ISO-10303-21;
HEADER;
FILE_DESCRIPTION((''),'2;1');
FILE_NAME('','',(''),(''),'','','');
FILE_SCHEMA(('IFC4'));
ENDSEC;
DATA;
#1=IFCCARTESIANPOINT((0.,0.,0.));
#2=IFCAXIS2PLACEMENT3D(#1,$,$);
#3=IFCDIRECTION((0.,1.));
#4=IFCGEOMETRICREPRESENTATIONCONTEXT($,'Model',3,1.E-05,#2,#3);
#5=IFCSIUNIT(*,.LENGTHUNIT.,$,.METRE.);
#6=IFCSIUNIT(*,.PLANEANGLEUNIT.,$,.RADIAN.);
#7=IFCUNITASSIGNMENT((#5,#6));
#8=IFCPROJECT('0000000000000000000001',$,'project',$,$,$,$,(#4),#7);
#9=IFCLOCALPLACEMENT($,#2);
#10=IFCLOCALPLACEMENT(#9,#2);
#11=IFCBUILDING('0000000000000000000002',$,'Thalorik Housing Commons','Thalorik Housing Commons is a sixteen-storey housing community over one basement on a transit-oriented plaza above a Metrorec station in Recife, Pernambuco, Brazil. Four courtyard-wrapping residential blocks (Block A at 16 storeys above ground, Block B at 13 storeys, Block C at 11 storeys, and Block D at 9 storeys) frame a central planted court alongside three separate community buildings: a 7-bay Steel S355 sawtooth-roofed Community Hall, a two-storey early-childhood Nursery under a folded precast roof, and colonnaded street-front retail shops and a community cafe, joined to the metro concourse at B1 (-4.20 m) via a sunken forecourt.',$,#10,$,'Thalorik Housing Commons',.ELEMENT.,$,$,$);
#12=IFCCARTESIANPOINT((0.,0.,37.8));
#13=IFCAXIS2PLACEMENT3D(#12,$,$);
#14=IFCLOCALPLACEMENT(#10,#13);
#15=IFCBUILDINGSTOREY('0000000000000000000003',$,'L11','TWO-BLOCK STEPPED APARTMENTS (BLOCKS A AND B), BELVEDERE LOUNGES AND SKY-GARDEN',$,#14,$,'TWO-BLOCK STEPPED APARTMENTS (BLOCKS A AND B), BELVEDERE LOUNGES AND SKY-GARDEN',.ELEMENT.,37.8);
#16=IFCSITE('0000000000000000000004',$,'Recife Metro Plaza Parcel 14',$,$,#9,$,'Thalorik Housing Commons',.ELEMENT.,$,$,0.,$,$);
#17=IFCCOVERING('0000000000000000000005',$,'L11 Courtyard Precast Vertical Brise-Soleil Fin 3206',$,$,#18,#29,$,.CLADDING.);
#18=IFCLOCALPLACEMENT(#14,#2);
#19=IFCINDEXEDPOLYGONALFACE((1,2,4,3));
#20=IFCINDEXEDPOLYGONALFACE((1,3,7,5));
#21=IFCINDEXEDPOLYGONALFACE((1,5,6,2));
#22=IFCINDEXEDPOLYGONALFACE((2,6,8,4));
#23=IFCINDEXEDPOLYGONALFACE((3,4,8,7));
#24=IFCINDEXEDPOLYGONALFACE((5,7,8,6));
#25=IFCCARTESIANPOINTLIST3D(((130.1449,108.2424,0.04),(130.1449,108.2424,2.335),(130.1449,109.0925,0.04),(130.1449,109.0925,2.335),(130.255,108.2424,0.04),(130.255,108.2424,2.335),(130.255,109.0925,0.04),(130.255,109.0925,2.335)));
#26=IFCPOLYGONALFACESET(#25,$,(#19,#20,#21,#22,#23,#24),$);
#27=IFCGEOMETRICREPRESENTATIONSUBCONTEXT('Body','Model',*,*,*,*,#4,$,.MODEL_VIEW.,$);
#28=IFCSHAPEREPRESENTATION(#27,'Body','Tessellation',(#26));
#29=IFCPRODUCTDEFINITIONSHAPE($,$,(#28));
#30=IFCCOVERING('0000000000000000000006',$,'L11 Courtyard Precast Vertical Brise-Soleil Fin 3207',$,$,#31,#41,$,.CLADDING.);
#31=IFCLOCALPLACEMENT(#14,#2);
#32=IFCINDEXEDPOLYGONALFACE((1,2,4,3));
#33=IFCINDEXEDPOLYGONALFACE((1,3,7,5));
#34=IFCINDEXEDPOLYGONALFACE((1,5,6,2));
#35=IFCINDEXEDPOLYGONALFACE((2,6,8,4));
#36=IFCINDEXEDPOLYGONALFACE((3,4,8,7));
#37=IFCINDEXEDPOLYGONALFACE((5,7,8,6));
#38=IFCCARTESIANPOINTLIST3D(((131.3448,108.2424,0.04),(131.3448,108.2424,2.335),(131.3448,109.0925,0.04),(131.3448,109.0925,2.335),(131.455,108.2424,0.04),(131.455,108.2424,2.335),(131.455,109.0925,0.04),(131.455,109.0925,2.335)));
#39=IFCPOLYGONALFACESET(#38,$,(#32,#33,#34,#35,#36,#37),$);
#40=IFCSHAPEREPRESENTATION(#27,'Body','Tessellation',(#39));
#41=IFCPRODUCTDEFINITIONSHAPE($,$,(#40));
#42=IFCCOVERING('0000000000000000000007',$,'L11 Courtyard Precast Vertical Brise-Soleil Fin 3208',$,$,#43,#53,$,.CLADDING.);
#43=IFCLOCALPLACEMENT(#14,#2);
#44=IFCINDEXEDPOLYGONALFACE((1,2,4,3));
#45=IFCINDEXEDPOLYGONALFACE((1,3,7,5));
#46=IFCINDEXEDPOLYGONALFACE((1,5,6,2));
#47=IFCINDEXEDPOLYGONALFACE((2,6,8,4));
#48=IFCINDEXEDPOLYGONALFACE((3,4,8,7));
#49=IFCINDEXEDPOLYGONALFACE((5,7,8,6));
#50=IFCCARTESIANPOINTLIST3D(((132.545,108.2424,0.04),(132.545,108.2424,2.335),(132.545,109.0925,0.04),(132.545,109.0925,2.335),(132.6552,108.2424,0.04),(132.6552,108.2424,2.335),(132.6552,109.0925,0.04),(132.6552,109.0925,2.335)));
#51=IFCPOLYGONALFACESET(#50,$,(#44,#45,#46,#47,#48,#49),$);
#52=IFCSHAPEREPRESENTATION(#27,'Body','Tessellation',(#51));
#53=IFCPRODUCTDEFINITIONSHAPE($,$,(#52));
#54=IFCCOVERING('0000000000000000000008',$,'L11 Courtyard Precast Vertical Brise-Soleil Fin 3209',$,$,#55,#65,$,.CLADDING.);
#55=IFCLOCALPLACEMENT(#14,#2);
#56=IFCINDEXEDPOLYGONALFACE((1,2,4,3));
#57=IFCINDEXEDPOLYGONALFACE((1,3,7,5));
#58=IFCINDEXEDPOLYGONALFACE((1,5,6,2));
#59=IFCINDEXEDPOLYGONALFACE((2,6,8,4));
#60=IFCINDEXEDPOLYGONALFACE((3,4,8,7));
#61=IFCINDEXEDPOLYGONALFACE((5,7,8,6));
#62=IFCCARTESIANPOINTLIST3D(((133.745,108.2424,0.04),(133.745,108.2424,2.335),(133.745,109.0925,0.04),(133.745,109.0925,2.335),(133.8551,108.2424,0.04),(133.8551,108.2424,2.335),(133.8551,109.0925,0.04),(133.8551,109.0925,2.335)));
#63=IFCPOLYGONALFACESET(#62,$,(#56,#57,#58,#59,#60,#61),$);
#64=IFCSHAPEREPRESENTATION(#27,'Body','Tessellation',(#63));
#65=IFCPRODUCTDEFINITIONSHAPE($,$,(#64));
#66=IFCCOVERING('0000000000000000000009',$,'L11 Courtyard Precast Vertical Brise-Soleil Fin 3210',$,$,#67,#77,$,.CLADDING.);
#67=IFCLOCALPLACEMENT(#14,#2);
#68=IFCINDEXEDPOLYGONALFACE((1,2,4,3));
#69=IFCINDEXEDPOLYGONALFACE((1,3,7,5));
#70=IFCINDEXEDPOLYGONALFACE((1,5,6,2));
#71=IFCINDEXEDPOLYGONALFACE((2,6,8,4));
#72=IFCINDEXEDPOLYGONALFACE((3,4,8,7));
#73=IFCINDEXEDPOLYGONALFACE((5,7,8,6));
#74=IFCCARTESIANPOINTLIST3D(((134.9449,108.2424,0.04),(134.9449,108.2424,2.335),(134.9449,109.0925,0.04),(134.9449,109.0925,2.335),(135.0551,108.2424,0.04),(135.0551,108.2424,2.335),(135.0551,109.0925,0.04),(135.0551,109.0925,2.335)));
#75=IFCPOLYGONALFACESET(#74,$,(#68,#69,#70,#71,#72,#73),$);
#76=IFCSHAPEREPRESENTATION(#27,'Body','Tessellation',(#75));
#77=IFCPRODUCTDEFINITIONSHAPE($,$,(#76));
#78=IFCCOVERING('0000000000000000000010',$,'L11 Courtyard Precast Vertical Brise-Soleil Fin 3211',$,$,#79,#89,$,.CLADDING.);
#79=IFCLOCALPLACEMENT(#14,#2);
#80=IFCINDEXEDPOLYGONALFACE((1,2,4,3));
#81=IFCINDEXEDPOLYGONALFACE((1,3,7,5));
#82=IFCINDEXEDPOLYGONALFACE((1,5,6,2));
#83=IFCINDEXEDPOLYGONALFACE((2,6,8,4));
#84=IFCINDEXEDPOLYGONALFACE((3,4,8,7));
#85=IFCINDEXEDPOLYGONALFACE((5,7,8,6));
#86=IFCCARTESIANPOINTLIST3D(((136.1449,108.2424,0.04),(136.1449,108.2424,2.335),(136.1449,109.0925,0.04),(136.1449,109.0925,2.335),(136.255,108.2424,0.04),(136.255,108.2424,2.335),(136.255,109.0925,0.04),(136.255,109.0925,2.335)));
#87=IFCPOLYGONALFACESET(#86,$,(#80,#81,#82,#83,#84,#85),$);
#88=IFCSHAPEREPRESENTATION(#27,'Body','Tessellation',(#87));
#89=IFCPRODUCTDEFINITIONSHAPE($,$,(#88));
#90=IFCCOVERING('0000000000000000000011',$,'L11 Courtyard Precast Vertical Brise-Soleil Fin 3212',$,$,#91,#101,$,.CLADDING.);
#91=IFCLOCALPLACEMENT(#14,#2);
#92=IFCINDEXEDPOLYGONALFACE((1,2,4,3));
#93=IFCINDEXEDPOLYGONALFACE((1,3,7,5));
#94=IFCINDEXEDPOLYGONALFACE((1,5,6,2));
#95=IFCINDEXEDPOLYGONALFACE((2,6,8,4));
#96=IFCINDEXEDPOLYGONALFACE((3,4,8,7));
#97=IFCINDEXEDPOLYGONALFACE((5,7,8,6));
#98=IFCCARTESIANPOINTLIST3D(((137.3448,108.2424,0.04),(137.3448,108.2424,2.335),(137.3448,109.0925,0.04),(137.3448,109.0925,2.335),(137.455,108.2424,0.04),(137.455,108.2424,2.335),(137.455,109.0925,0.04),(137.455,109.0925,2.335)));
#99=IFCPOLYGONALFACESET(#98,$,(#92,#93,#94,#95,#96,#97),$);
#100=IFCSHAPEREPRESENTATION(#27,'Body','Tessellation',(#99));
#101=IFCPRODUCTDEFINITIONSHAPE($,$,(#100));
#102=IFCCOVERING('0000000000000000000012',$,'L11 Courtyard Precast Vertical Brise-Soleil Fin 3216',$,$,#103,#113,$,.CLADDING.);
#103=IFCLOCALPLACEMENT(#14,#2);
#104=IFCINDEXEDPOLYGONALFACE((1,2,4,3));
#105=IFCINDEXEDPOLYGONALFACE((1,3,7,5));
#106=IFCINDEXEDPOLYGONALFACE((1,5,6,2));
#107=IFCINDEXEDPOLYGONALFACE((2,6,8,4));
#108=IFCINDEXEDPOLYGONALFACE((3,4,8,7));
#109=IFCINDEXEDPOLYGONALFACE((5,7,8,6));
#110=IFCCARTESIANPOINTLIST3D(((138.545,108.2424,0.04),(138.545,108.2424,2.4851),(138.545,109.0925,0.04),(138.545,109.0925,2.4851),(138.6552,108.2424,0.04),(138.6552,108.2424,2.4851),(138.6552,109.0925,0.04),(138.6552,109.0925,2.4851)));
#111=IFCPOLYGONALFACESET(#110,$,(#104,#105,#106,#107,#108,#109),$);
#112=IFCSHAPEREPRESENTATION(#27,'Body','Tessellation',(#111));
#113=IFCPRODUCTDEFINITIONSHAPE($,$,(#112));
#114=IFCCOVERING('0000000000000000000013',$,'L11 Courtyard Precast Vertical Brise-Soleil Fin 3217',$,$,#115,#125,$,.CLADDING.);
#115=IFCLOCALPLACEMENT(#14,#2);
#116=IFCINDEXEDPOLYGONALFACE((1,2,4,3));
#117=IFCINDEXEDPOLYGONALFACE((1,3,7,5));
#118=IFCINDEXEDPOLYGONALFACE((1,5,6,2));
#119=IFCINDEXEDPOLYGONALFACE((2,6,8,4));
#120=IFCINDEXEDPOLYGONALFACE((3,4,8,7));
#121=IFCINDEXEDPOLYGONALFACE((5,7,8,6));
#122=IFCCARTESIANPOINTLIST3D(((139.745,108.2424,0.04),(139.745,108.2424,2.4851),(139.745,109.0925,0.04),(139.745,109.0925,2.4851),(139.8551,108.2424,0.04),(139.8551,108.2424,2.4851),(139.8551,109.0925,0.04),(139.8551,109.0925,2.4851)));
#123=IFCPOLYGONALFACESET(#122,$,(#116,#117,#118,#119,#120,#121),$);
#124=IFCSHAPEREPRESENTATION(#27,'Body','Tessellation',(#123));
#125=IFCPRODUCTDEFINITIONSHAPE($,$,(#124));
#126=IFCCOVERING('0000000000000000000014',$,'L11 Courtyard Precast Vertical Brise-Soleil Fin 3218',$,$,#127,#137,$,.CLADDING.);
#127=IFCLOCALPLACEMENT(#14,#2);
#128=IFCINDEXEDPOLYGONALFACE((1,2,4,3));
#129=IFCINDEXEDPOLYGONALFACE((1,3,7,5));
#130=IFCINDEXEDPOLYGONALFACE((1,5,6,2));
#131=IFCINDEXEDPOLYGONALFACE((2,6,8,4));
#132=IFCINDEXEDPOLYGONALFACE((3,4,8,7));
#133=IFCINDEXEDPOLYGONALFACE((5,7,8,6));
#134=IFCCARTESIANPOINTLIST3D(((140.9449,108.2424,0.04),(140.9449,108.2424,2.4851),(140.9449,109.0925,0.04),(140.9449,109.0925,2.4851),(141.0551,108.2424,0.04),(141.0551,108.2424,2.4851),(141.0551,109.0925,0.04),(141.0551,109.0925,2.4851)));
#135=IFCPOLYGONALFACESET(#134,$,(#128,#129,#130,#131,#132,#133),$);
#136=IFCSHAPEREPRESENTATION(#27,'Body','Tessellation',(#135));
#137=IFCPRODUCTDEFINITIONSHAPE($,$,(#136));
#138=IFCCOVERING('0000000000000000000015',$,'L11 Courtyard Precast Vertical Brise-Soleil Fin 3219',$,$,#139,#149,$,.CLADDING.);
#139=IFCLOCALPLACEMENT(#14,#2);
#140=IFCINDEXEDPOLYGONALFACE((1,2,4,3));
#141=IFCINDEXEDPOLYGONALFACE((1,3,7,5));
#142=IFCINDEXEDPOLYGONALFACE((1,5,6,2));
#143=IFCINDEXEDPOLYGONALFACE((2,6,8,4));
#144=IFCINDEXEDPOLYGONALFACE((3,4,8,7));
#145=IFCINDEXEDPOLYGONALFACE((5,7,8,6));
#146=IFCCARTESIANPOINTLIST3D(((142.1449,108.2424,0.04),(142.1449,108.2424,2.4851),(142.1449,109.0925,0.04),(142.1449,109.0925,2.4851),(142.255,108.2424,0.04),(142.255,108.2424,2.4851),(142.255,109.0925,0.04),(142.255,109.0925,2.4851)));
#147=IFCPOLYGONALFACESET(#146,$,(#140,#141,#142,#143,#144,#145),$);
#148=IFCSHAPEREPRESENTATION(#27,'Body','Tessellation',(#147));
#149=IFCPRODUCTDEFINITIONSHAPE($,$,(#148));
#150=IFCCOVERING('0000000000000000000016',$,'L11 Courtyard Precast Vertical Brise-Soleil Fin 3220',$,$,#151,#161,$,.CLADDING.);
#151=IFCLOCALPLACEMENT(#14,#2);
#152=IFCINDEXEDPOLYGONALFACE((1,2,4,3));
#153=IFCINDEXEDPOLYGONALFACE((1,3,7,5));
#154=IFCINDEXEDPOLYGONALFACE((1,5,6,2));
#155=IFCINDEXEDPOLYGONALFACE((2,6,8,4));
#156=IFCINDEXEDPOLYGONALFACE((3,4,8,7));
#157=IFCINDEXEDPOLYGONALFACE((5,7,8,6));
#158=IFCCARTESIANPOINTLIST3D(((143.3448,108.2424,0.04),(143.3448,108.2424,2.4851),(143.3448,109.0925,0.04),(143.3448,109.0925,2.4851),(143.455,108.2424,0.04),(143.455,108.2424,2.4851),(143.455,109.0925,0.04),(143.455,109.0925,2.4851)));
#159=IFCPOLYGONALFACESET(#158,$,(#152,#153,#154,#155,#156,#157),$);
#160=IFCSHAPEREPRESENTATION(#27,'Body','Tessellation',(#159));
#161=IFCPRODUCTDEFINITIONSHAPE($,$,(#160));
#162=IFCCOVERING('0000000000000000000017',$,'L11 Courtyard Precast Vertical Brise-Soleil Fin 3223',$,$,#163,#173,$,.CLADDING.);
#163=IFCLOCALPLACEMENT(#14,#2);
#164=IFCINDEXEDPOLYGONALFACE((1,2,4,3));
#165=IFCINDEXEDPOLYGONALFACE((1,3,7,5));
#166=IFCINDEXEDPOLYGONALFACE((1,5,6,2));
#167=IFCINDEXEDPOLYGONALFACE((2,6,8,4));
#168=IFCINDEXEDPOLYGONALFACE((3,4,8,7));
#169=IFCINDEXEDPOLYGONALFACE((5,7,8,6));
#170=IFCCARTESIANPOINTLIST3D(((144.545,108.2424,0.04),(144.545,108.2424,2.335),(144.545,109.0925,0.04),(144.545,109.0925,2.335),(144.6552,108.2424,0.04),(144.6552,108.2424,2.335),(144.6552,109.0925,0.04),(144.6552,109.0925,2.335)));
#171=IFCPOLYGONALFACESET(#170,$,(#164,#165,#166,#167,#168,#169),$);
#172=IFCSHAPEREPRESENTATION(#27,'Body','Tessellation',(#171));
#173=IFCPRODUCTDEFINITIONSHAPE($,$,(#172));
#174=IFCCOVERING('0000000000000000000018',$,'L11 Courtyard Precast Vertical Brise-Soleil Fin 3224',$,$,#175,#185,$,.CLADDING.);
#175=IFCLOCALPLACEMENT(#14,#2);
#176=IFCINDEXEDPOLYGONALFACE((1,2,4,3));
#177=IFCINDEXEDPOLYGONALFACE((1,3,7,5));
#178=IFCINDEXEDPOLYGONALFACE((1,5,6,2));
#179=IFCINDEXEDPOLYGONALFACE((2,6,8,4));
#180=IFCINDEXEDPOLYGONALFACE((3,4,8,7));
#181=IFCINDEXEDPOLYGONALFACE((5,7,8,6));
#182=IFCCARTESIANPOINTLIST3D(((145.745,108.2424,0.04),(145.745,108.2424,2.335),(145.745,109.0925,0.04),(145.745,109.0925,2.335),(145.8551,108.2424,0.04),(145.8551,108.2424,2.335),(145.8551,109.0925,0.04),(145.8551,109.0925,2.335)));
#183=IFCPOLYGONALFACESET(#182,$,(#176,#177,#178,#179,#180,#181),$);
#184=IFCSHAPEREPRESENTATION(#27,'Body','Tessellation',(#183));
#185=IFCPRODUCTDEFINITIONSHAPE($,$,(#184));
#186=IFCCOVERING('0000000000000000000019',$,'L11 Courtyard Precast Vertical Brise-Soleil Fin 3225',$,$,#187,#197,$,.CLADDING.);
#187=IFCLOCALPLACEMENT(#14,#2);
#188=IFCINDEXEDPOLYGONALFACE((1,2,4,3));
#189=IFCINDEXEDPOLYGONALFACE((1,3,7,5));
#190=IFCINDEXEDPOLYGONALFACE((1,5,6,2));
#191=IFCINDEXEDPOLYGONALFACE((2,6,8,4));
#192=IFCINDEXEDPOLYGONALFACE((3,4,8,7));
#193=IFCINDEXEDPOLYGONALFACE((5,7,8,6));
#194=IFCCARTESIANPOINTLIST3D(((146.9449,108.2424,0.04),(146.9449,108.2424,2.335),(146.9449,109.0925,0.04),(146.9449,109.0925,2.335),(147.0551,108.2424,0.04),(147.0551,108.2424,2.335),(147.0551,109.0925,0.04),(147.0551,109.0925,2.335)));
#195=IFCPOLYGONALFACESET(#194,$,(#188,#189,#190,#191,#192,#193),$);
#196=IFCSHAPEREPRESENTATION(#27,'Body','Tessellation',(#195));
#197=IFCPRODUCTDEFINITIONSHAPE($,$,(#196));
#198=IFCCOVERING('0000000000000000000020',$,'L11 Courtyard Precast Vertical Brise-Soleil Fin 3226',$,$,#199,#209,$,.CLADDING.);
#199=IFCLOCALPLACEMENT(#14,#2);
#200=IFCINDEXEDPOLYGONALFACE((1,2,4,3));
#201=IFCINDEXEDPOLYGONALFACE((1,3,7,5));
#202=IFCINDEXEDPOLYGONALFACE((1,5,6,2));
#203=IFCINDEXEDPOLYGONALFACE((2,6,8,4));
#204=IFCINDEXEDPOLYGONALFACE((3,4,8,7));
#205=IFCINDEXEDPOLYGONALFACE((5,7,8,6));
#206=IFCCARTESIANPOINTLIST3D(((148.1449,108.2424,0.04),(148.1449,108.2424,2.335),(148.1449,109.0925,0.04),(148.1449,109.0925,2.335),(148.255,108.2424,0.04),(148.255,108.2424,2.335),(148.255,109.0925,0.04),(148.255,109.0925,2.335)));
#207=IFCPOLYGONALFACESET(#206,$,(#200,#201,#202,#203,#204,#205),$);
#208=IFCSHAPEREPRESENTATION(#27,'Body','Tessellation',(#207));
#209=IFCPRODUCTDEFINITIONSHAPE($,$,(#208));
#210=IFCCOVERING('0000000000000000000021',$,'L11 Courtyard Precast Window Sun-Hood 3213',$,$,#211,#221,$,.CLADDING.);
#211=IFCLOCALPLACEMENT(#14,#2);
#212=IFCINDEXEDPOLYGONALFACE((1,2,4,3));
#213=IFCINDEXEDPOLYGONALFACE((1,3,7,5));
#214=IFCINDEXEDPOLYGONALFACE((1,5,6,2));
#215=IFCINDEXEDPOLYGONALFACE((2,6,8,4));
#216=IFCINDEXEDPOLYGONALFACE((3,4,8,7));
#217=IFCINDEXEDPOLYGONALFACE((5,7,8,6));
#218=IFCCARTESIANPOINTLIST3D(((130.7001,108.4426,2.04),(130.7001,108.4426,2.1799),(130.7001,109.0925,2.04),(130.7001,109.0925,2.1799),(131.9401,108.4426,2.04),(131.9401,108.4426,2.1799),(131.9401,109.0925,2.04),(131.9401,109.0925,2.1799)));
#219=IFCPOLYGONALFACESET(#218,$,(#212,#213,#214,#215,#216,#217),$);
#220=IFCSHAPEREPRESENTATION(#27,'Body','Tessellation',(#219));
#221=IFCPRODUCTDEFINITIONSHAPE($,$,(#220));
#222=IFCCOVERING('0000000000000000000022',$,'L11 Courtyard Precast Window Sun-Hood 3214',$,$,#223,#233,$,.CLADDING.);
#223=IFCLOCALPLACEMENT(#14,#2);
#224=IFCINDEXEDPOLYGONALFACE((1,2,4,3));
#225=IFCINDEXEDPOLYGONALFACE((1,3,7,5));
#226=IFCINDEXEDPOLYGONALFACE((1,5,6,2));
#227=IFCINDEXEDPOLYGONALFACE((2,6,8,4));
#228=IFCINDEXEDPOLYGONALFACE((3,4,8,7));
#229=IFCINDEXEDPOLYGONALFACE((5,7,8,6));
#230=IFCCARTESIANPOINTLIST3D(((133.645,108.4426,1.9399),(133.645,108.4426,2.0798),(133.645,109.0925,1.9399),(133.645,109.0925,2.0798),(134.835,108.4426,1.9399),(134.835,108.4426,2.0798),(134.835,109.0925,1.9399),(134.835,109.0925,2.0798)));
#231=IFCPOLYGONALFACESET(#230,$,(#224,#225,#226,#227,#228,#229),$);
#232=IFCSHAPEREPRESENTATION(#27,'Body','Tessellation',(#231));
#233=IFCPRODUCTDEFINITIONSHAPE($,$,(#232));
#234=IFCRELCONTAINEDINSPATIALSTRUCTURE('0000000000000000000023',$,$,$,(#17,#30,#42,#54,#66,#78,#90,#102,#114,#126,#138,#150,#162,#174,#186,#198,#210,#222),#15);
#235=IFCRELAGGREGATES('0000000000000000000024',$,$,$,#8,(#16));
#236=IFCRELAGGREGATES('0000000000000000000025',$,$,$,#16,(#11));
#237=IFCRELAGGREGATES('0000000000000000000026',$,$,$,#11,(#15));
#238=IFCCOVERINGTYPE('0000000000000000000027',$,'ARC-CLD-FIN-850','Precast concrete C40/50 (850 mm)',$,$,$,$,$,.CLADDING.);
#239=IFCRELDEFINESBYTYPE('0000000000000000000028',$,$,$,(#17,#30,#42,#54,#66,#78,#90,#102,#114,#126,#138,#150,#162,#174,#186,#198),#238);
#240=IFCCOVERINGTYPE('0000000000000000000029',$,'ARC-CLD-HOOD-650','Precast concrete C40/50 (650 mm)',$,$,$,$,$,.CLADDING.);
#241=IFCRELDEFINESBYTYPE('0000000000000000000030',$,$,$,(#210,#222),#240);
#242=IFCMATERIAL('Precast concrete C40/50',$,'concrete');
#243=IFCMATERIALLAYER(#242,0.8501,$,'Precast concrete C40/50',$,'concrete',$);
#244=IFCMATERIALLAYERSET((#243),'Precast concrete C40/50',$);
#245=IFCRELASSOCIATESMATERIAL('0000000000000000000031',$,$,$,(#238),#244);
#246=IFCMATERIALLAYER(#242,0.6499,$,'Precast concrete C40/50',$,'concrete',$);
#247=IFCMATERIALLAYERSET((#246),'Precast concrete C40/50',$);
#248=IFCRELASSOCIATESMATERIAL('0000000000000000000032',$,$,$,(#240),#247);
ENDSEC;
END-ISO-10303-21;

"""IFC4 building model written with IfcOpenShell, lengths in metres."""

from ifc_helpers import new_model, si_unit, direction, frame, origin, origin_2d, place, context, subcontext, project, spatial, rectangle, extrude, material, layer, layer_set, type_object, element, save


model = new_model("IFC4")

# Units and contexts
model_context = context("Model", 3, precision=1e-05, world=origin(), true_north=direction((0.0, 1.0)))
body_context = subcontext(model_context, "Body", "Model", "MODEL_VIEW")
ifc_project = project(units=[si_unit("LENGTHUNIT", "METRE"), si_unit("PLANEANGLEUNIT", "RADIAN")], contexts=[model_context])

# Site, building, storey
site_placement = place(None, origin())
site = spatial("IfcSite", under=ifc_project, at=site_placement, Name="Recife Metro Plaza Parcel 14", LongName="Thalorik Housing Commons", CompositionType="ELEMENT", RefElevation=0.0)
building_placement = place(site_placement, origin())
building = spatial("IfcBuilding", under=site, at=building_placement, Name="Thalorik Housing Commons", Description="Thalorik Housing Commons is a sixteen-storey housing community over one basement on a transit-oriented plaza above a Metrorec station in Recife, Pernambuco, Brazil. Four courtyard-wrapping residential blocks (Block A at 16 storeys above ground, Block B at 13 storeys, Block C at 11 storeys, and Block D at 9 storeys) frame a central planted court alongside three separate community buildings: a 7-bay Steel S355 sawtooth-roofed Community Hall, a two-storey early-childhood Nursery under a folded precast roof, and colonnaded street-front retail shops and a community cafe, joined to the metro concourse at B1 (-4.20 m) via a sunken forecourt.", LongName="Thalorik Housing Commons", CompositionType="ELEMENT")
storey_placement = place(building_placement, frame((0.0, 0.0, 37.8)))
storey = spatial("IfcBuildingStorey", under=building, at=storey_placement, Name="L11", Description="TWO-BLOCK STEPPED APARTMENTS (BLOCKS A AND B), BELVEDERE LOUNGES AND SKY-GARDEN", LongName="TWO-BLOCK STEPPED APARTMENTS (BLOCKS A AND B), BELVEDERE LOUNGES AND SKY-GARDEN", CompositionType="ELEMENT", Elevation=37.8)

# Coverings
ifc_material = material(Name="Precast concrete C40/50", Category="concrete")
ifc_layer_1 = layer(ifc_material, 0.8501, Name="Precast concrete C40/50", Category="concrete")
ifc_layer_set_1 = layer_set([ifc_layer_1], Name="Precast concrete C40/50")
covering_type_1 = type_object("IfcCoveringType", Name="ARC-CLD-FIN-850", Description="Precast concrete C40/50 (850 mm)", PredefinedType="CLADDING", material=ifc_layer_set_1)
for number, where, z_axis, x_axis, name in (
    (1, (130.2, 108.6675, 0.04), (0.0, 0.0, 1.0), (1.0, 0.0, 0.0), "L11 Courtyard Precast Vertical Brise-Soleil Fin 3206"),
    (2, (131.3999, 108.6675, 0.04), (0.0, 0.0, 1.0), (1.0, 0.0, 0.0), "L11 Courtyard Precast Vertical Brise-Soleil Fin 3207"),
    (3, (132.6001, 108.6675, 0.04), (0.0, 0.0, 1.0), (1.0, 0.0, 0.0), "L11 Courtyard Precast Vertical Brise-Soleil Fin 3208"),
    (4, (133.8, 108.6675, 0.04), (0.0, 0.0, 1.0), (1.0, 0.0, 0.0), "L11 Courtyard Precast Vertical Brise-Soleil Fin 3209"),
    (5, (135.0, 108.6675, 0.04), (0.0, 0.0, 1.0), (1.0, 0.0, 0.0), "L11 Courtyard Precast Vertical Brise-Soleil Fin 3210"),
    (6, (136.2, 108.6675, 0.04), (0.0, 0.0, 1.0), (1.0, 0.0, 0.0), "L11 Courtyard Precast Vertical Brise-Soleil Fin 3211"),
    (7, (137.3999, 108.6675, 0.04), (0.0, 0.0, 1.0), (1.0, 0.0, 0.0), "L11 Courtyard Precast Vertical Brise-Soleil Fin 3212"),
):
    element("IfcCovering", number, at=place(storey_placement, frame(where, z_axis=z_axis, x_axis=x_axis)), inside=storey, type_object=covering_type_1, Name=name, PredefinedType="CLADDING", context=body_context, shape_type="SweptSolid", body=[
        extrude(rectangle(XDim=0.1101, YDim=0.8501, at=origin_2d()), origin(), (0.0, 0.0, 1.0), 2.2949),
    ])
for number, where, z_axis, x_axis, name in (
    (8, (138.6001, 108.6675, 0.04), (0.0, 0.0, 1.0), (1.0, 0.0, 0.0), "L11 Courtyard Precast Vertical Brise-Soleil Fin 3216"),
    (9, (139.8, 108.6675, 0.04), (0.0, 0.0, 1.0), (1.0, 0.0, 0.0), "L11 Courtyard Precast Vertical Brise-Soleil Fin 3217"),
    (10, (141.0, 108.6675, 0.04), (0.0, 0.0, 1.0), (1.0, 0.0, 0.0), "L11 Courtyard Precast Vertical Brise-Soleil Fin 3218"),
    (11, (142.2, 108.6675, 0.04), (0.0, 0.0, 1.0), (1.0, 0.0, 0.0), "L11 Courtyard Precast Vertical Brise-Soleil Fin 3219"),
    (12, (143.3999, 108.6675, 0.04), (0.0, 0.0, 1.0), (1.0, 0.0, 0.0), "L11 Courtyard Precast Vertical Brise-Soleil Fin 3220"),
):
    element("IfcCovering", number, at=place(storey_placement, frame(where, z_axis=z_axis, x_axis=x_axis)), inside=storey, type_object=covering_type_1, Name=name, PredefinedType="CLADDING", context=body_context, shape_type="SweptSolid", body=[
        extrude(rectangle(XDim=0.1101, YDim=0.8501, at=origin_2d()), origin(), (0.0, 0.0, 1.0), 2.4451),
    ])
for number, where, z_axis, x_axis, name in (
    (13, (144.6001, 108.6675, 0.04), (0.0, 0.0, 1.0), (1.0, 0.0, 0.0), "L11 Courtyard Precast Vertical Brise-Soleil Fin 3223"),
    (14, (145.8, 108.6675, 0.04), (0.0, 0.0, 1.0), (1.0, 0.0, 0.0), "L11 Courtyard Precast Vertical Brise-Soleil Fin 3224"),
    (15, (147.0, 108.6675, 0.04), (0.0, 0.0, 1.0), (1.0, 0.0, 0.0), "L11 Courtyard Precast Vertical Brise-Soleil Fin 3225"),
    (16, (148.2, 108.6675, 0.04), (0.0, 0.0, 1.0), (1.0, 0.0, 0.0), "L11 Courtyard Precast Vertical Brise-Soleil Fin 3226"),
):
    element("IfcCovering", number, at=place(storey_placement, frame(where, z_axis=z_axis, x_axis=x_axis)), inside=storey, type_object=covering_type_1, Name=name, PredefinedType="CLADDING", context=body_context, shape_type="SweptSolid", body=[
        extrude(rectangle(XDim=0.1101, YDim=0.8501, at=origin_2d()), origin(), (0.0, 0.0, 1.0), 2.2949),
    ])
ifc_layer_2 = layer(ifc_material, 0.6499, Name="Precast concrete C40/50", Category="concrete")
ifc_layer_set_2 = layer_set([ifc_layer_2], Name="Precast concrete C40/50")
covering_type_2 = type_object("IfcCoveringType", Name="ARC-CLD-HOOD-650", Description="Precast concrete C40/50 (650 mm)", PredefinedType="CLADDING", material=ifc_layer_set_2)
covering_1_placement = place(storey_placement, frame((131.3201, 108.7676, 2.04), z_axis=(0.0, 0.0, 1.0), x_axis=(1.0, 0.0, 0.0)))
element("IfcCovering", 17, at=covering_1_placement, inside=storey, type_object=covering_type_2, Name="L11 Courtyard Precast Window Sun-Hood 3213", PredefinedType="CLADDING", context=body_context, shape_type="SweptSolid", body=[
    extrude(rectangle(XDim=1.24, YDim=0.6499, at=origin_2d()), origin(), (0.0, 0.0, 1.0), 0.1399),
])
covering_2_placement = place(storey_placement, frame((134.24, 108.7676, 1.9399), z_axis=(0.0, 0.0, 1.0), x_axis=(1.0, 0.0, 0.0)))
element("IfcCovering", 18, at=covering_2_placement, inside=storey, type_object=covering_type_2, Name="L11 Courtyard Precast Window Sun-Hood 3214", PredefinedType="CLADDING", context=body_context, shape_type="SweptSolid", body=[
    extrude(rectangle(XDim=1.1899, YDim=0.6499, at=origin_2d()), origin(), (0.0, 0.0, 1.0), 0.1399),
])

save(model, "model.ifc")
